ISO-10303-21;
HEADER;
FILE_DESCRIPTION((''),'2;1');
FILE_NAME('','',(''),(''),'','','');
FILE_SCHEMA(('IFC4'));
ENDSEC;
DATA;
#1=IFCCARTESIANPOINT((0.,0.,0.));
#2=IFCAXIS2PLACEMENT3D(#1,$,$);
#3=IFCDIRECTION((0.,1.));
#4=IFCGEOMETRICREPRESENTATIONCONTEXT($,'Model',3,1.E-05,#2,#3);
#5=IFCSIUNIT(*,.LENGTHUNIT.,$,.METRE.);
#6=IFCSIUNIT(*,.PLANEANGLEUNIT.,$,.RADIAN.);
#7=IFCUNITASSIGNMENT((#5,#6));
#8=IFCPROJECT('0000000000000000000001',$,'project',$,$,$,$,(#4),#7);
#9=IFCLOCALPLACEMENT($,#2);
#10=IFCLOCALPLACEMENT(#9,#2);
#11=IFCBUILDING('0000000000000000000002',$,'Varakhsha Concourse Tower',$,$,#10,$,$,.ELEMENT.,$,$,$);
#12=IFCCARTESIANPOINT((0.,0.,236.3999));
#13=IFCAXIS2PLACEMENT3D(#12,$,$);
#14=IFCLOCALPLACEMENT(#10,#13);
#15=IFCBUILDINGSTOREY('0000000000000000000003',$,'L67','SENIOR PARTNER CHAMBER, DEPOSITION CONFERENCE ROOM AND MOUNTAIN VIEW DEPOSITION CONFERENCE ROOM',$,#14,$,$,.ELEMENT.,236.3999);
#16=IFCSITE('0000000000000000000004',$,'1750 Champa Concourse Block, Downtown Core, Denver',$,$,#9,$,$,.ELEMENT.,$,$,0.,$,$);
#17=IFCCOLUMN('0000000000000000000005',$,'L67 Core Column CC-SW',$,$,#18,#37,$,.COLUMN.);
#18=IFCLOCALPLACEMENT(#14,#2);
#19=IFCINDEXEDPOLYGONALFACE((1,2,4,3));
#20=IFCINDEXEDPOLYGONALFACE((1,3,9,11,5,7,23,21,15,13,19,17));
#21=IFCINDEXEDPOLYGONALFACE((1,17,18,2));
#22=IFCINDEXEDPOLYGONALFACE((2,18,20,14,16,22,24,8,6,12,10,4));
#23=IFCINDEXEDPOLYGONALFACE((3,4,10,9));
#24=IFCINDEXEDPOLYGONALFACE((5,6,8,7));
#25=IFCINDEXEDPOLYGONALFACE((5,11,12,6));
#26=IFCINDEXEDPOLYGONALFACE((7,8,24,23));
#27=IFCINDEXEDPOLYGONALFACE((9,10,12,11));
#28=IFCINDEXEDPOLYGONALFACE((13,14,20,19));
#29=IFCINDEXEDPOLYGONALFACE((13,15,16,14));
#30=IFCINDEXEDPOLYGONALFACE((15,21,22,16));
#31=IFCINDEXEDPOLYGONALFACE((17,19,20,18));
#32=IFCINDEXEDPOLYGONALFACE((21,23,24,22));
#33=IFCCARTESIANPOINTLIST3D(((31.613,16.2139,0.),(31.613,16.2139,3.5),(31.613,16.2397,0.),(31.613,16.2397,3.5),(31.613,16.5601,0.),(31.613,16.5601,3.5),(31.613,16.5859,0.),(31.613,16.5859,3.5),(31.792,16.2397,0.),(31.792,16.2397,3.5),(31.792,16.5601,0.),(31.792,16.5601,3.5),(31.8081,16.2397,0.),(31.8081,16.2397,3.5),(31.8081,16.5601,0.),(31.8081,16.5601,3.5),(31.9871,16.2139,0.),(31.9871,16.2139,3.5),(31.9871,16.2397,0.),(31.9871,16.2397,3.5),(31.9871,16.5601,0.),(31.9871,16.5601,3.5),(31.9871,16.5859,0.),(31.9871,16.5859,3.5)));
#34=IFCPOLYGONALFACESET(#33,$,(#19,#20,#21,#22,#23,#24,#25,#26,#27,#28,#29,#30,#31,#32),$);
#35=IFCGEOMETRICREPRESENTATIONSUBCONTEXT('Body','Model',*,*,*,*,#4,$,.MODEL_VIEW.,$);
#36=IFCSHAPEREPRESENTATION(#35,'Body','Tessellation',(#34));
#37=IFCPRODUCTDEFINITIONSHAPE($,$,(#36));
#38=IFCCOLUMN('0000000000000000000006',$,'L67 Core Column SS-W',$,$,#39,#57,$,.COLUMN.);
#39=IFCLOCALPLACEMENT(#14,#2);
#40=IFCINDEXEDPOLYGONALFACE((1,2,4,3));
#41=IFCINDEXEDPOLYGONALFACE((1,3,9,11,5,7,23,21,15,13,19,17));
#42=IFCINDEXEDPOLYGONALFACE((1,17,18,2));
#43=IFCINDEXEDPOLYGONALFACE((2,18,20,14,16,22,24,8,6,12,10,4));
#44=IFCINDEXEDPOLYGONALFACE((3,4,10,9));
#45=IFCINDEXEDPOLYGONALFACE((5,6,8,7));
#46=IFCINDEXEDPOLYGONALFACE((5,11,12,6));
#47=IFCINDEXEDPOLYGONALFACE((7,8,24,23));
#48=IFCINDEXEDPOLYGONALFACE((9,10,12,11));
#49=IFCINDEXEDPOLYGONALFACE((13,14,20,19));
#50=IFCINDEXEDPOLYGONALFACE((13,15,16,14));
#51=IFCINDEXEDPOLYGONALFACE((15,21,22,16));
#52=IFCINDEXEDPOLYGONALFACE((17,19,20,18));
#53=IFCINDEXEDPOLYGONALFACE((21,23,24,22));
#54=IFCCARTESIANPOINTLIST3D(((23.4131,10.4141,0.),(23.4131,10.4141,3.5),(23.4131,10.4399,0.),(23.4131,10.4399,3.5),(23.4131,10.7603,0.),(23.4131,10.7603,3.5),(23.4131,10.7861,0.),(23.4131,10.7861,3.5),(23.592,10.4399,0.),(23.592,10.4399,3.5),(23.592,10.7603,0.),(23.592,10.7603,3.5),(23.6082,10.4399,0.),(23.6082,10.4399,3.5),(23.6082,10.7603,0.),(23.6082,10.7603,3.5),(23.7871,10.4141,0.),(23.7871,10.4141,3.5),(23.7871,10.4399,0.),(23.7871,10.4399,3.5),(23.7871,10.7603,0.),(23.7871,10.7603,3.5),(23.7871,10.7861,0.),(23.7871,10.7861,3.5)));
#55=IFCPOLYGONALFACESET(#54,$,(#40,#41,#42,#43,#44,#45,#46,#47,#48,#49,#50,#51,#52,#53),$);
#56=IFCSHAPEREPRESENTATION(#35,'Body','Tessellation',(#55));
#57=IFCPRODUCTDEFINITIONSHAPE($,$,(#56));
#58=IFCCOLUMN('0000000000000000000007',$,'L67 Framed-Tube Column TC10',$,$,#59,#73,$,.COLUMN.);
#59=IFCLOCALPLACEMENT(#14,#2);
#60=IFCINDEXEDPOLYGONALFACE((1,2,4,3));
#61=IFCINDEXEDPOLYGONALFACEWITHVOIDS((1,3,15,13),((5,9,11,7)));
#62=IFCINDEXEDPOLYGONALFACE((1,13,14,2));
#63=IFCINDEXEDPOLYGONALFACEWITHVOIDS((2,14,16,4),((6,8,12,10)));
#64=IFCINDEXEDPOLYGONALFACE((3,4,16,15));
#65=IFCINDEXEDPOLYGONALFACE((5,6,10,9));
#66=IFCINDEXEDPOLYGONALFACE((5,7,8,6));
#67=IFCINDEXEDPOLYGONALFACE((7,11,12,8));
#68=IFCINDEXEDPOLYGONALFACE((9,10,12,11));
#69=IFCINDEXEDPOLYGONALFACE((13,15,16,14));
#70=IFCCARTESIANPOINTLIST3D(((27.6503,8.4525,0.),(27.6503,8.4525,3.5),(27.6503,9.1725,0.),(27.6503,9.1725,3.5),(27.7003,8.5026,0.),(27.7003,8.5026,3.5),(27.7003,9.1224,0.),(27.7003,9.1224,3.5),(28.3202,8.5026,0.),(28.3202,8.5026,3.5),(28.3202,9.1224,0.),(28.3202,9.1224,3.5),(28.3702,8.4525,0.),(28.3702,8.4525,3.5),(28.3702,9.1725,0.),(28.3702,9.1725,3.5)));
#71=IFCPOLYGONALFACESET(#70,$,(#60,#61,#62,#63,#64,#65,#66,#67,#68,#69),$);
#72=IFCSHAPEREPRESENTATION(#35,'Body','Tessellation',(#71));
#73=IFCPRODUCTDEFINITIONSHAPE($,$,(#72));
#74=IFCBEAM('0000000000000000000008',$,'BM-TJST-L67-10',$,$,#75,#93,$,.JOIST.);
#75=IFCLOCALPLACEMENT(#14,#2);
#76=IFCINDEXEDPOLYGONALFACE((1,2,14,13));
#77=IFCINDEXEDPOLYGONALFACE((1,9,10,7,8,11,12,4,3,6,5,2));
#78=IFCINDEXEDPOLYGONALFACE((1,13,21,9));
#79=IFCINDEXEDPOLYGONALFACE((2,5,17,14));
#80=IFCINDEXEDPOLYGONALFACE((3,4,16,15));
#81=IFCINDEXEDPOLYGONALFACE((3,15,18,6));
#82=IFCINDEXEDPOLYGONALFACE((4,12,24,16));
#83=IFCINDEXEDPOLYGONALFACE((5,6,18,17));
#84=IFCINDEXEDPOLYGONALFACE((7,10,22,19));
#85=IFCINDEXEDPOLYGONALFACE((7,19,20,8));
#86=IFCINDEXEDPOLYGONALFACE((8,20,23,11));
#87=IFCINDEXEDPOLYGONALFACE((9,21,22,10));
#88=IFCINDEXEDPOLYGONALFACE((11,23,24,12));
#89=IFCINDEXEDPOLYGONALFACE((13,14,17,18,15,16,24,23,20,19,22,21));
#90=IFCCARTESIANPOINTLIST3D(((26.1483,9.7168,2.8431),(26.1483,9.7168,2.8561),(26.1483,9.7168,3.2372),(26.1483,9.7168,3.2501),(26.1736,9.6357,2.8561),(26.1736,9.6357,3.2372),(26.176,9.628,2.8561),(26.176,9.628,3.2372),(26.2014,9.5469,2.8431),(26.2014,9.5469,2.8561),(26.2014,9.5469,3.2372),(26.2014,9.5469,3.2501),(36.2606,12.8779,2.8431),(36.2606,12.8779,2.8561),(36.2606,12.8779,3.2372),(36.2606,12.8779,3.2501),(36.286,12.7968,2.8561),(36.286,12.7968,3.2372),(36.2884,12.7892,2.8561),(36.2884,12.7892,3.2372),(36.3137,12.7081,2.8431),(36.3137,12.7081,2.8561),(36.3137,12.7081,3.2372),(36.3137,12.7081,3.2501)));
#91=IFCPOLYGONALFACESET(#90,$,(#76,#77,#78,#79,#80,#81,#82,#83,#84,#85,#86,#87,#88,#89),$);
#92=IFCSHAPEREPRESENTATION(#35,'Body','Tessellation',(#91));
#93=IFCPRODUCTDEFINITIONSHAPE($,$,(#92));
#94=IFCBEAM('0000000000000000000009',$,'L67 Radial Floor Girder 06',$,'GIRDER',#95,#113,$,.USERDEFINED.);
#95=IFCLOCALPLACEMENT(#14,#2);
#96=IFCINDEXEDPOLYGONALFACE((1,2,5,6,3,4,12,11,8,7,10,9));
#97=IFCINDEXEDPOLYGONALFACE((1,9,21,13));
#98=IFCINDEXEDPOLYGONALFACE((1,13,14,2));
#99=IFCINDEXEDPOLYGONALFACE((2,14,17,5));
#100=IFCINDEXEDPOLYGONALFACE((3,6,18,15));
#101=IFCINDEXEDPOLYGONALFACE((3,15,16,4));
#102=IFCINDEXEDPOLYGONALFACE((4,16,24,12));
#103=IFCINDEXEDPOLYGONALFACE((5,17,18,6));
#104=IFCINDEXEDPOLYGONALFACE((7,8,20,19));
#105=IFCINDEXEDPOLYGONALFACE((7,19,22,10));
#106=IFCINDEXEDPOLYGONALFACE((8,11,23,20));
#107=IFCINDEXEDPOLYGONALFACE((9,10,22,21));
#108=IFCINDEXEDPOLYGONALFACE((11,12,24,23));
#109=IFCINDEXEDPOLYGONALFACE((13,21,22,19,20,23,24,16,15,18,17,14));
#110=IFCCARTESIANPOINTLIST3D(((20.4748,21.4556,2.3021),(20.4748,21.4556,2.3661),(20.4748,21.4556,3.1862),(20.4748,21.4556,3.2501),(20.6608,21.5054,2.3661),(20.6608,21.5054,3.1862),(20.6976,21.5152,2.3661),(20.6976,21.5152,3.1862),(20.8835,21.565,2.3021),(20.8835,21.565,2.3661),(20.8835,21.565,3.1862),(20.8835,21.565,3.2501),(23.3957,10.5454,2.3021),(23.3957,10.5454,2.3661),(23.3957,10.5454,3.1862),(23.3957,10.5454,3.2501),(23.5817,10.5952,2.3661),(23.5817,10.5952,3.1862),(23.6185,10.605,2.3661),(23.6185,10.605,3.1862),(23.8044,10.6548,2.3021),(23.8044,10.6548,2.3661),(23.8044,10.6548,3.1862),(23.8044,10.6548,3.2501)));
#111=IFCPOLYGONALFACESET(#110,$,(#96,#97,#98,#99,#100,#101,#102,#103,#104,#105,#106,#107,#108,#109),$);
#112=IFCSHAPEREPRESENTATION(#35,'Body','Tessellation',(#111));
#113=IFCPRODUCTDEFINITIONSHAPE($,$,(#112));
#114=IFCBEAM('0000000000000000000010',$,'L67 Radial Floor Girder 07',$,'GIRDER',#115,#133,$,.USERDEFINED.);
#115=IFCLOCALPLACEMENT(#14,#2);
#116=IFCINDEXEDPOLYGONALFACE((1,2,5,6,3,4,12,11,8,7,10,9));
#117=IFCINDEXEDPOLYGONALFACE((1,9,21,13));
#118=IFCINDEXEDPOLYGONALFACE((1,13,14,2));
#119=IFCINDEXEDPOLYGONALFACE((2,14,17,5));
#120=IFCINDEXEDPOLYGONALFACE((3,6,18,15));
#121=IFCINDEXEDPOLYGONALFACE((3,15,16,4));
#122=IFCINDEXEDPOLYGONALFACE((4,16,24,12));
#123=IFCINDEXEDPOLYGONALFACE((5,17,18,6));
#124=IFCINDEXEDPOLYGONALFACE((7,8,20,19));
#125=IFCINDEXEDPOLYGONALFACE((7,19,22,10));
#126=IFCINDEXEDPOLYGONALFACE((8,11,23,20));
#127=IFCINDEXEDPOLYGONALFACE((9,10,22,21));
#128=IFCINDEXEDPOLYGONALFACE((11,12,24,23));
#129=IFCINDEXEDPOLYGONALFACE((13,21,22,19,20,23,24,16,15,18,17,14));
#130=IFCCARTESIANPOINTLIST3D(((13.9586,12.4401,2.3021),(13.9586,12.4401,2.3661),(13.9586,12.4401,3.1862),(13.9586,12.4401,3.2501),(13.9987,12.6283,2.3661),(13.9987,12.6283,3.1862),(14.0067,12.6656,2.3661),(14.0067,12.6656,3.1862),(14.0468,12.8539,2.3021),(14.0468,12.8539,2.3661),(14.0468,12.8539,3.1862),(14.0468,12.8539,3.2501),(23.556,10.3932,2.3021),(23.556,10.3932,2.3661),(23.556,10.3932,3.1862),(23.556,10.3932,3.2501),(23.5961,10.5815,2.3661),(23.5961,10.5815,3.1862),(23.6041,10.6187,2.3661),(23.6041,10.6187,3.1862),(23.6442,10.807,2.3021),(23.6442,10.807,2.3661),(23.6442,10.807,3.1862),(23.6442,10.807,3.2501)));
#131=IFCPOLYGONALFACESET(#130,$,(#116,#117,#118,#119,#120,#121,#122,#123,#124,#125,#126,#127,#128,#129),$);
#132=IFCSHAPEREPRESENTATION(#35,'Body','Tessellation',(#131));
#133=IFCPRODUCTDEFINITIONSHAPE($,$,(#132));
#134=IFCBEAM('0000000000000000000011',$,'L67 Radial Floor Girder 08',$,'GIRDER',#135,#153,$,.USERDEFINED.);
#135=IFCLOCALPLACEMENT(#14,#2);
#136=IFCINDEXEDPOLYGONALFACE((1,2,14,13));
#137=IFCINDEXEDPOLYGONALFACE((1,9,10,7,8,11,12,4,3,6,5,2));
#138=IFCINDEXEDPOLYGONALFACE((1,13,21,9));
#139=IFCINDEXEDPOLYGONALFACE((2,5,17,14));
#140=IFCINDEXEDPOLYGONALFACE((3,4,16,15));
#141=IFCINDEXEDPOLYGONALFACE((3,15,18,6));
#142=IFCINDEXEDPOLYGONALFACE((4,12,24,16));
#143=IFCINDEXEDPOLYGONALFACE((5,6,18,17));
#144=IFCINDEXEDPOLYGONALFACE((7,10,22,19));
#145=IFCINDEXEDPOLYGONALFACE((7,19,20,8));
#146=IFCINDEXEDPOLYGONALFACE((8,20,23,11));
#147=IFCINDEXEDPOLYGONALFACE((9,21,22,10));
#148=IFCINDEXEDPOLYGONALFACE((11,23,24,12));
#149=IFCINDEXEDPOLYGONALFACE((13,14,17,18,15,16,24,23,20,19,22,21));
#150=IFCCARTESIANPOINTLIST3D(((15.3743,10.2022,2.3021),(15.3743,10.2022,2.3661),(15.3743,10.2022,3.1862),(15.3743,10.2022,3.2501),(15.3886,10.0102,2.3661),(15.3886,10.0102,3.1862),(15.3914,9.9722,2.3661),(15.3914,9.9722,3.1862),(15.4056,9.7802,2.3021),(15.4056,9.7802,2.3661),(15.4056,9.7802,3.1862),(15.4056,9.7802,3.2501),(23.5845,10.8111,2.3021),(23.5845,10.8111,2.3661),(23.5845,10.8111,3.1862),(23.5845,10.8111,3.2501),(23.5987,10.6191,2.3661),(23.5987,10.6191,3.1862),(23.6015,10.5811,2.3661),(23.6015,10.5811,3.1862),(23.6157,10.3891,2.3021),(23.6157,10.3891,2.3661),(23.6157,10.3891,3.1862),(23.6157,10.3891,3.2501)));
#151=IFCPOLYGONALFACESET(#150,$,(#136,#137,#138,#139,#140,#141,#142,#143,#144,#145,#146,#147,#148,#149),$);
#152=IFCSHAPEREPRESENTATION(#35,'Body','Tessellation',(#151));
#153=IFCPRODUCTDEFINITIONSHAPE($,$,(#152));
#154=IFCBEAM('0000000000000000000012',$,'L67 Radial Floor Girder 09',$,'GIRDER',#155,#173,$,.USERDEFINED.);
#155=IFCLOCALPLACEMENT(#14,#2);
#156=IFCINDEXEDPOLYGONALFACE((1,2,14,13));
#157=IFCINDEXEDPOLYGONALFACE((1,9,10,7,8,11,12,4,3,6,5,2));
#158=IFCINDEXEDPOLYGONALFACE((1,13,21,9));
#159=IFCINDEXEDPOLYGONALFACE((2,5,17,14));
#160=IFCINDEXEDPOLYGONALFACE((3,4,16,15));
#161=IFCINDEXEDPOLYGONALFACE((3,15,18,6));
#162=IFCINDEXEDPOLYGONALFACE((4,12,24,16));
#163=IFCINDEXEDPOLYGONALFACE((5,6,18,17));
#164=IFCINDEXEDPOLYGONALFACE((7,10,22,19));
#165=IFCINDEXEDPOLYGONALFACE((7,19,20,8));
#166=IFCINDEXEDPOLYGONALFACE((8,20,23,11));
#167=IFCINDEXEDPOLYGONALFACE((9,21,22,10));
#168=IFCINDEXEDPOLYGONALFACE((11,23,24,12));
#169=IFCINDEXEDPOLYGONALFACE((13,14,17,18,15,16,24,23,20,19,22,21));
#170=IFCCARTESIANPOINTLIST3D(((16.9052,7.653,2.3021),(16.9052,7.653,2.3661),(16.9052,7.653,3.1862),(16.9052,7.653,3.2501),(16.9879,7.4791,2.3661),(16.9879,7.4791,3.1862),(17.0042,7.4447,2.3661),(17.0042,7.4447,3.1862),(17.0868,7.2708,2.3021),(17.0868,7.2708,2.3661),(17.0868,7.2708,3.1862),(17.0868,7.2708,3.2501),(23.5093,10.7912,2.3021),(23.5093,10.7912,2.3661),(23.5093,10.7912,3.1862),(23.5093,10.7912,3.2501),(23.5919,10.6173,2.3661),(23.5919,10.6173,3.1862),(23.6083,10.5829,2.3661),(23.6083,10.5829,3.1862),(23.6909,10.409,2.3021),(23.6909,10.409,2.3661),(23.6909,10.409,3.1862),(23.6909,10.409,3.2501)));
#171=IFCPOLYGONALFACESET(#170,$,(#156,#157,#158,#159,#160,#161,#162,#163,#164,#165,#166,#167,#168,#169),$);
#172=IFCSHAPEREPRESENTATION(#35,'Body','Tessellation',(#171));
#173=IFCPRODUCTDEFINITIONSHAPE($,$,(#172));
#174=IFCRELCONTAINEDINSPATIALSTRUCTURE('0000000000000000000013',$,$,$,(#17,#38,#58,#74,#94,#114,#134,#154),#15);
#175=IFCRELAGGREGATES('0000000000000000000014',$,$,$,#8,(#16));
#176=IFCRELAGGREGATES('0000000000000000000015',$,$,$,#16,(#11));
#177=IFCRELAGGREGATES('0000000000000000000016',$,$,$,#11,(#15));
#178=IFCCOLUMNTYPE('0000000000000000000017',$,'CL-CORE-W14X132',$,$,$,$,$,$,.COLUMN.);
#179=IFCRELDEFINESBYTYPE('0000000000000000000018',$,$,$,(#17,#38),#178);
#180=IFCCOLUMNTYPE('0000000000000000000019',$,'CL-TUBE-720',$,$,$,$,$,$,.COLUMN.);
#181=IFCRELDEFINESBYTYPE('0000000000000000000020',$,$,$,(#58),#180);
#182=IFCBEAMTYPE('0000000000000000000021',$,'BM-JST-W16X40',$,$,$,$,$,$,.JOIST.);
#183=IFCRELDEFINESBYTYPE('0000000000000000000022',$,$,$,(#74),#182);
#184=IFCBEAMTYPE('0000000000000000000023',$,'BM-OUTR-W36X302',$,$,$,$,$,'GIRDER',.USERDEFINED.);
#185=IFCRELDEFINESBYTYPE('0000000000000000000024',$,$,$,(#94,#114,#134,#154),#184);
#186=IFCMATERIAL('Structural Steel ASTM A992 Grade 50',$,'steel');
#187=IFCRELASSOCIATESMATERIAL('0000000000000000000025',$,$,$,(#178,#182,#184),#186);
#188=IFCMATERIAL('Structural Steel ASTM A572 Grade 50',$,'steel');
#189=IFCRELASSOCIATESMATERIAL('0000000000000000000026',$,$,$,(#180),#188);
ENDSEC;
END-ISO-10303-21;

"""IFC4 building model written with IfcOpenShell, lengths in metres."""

from ifc_helpers import new_model, si_unit, direction, frame, origin, origin_2d, place, context, subcontext, project, spatial, hollow_rectangle, i_section, extrude, material, material_profile, profile_set, type_object, element, save


model = new_model("IFC4")

# Units and contexts
model_context = context("Model", 3, precision=1e-05, world=origin(), true_north=direction((0.0, 1.0)))
body_context = subcontext(model_context, "Body", "Model", "MODEL_VIEW")
ifc_project = project(units=[si_unit("LENGTHUNIT", "METRE"), si_unit("PLANEANGLEUNIT", "RADIAN")], contexts=[model_context])

# Site, building, storey
site_placement = place(None, origin())
site = spatial("IfcSite", under=ifc_project, at=site_placement, Name="1750 Champa Concourse Block, Downtown Core, Denver", CompositionType="ELEMENT", RefElevation=0.0)
building_placement = place(site_placement, origin())
building = spatial("IfcBuilding", under=site, at=building_placement, Name="Varakhsha Concourse Tower", CompositionType="ELEMENT")
storey_placement = place(building_placement, frame((0.0, 0.0, 236.3999)))
storey = spatial("IfcBuildingStorey", under=building, at=storey_placement, Name="L67", Description="SENIOR PARTNER CHAMBER, DEPOSITION CONFERENCE ROOM AND MOUNTAIN VIEW DEPOSITION CONFERENCE ROOM", CompositionType="ELEMENT", Elevation=236.3999)

# Columns
ifc_material_1 = material(Name="Structural Steel ASTM A992 Grade 50", Category="steel")
ifc_material_profile_1 = material_profile(ifc_material_1, i_section(OverallWidth=0.374, OverallDepth=0.3721, WebThickness=0.0161, FlangeThickness=0.0259, at=origin_2d()), Name="W14X132")
ifc_profile_set_1 = profile_set([ifc_material_profile_1], Name="Structural Steel ASTM A992 Grade 50")
column_type_1 = type_object("IfcColumnType", Name="CL-CORE-W14X132", PredefinedType="COLUMN", material=ifc_profile_set_1)
for number, where, z_axis, x_axis, name in (
    (1, (31.8, 16.3999, 0.0), (0.0, 0.0, 1.0), (1.0, 0.0, 0.0), "L67 Core Column CC-SW"),
    (2, (23.6001, 10.6001, 0.0), (0.0, 0.0, 1.0), (1.0, 0.0, 0.0), "L67 Core Column SS-W"),
):
    element("IfcColumn", number, at=place(storey_placement, frame(where, z_axis=z_axis, x_axis=x_axis)), inside=storey, type_object=column_type_1, Name=name, PredefinedType="COLUMN", context=body_context, shape_type="SweptSolid", body=[
        extrude(i_section(OverallWidth=0.374, OverallDepth=0.3721, WebThickness=0.0161, FlangeThickness=0.0259, at=origin_2d()), origin(), (0.0, 0.0, 1.0), 3.5),
    ])
ifc_material_2 = material(Name="Structural Steel ASTM A572 Grade 50", Category="steel")
ifc_material_profile_2 = material_profile(ifc_material_2, hollow_rectangle(XDim=0.72, YDim=0.72, WallThickness=0.05, at=origin_2d()), Name="BOX 720x720x50")
ifc_profile_set_2 = profile_set([ifc_material_profile_2], Name="Structural Steel ASTM A572 Grade 50")
column_type_2 = type_object("IfcColumnType", Name="CL-TUBE-720", PredefinedType="COLUMN", material=ifc_profile_set_2)
column_placement = place(storey_placement, frame((28.0103, 8.8125, 0.0), z_axis=(0.0, 0.0, 1.0), x_axis=(1.0, 0.0, 0.0)))
element("IfcColumn", 3, at=column_placement, inside=storey, type_object=column_type_2, Name="L67 Framed-Tube Column TC10", PredefinedType="COLUMN", context=body_context, shape_type="SweptSolid", body=[
    extrude(hollow_rectangle(XDim=0.72, YDim=0.72, WallThickness=0.05, at=origin_2d()), origin(), (0.0, 0.0, 1.0), 3.5),
])

# Beams
ifc_material_profile_3 = material_profile(ifc_material_1, i_section(OverallWidth=0.178, OverallDepth=0.407, WebThickness=0.0081, FlangeThickness=0.0129, at=origin_2d()), Name="W16X40")
ifc_profile_set_3 = profile_set([ifc_material_profile_3], Name="Structural Steel ASTM A992 Grade 50")
beam_type_1 = type_object("IfcBeamType", Name="BM-JST-W16X40", PredefinedType="JOIST", material=ifc_profile_set_3)
beam_1_placement = place(storey_placement, frame((26.1748, 9.6318, 3.0466), z_axis=(0.954452, 0.298364, 0.0), x_axis=(-0.298364, 0.954452, 0.0)))
element("IfcBeam", 4, at=beam_1_placement, inside=storey, type_object=beam_type_1, Name="BM-TJST-L67-10", PredefinedType="JOIST", context=body_context, shape_type="SweptSolid", body=[
    extrude(i_section(OverallWidth=0.178, OverallDepth=0.407, WebThickness=0.0081, FlangeThickness=0.0129, at=origin_2d()), origin(), (0.0, 0.0, 1.0), 10.595),
])
ifc_material_profile_4 = material_profile(ifc_material_1, i_section(OverallWidth=0.4231, OverallDepth=0.948, WebThickness=0.0381, FlangeThickness=0.064, at=origin_2d()), Name="W36X302")
ifc_profile_set_4 = profile_set([ifc_material_profile_4], Name="Structural Steel ASTM A992 Grade 50")
beam_type_2 = type_object("IfcBeamType", Name="BM-OUTR-W36X302", ElementType="GIRDER", PredefinedType="USERDEFINED", material=ifc_profile_set_4)
beam_2_placement = place(storey_placement, frame((23.6001, 10.6001, 2.7761), z_axis=(-0.258615, 0.96598, 0.0), x_axis=(-0.96598, -0.258615, 0.0)))
element("IfcBeam", 5, at=beam_2_placement, inside=storey, type_object=beam_type_2, Name="L67 Radial Floor Girder 06", ObjectType="GIRDER", PredefinedType="USERDEFINED", context=body_context, shape_type="SweptSolid", body=[
    extrude(i_section(OverallWidth=0.4231, OverallDepth=0.948, WebThickness=0.0381, FlangeThickness=0.064, at=origin_2d()), origin(), (0.0, 0.0, 1.0), 11.2944),
])
beam_3_placement = place(storey_placement, frame((23.6001, 10.6001, 2.7761), z_axis=(-0.978005, 0.208583, 0.0), x_axis=(-0.208583, -0.978005, 0.0)))
element("IfcBeam", 6, at=beam_3_placement, inside=storey, type_object=beam_type_2, Name="L67 Radial Floor Girder 07", ObjectType="GIRDER", PredefinedType="USERDEFINED", context=body_context, shape_type="SweptSolid", body=[
    extrude(i_section(OverallWidth=0.4231, OverallDepth=0.948, WebThickness=0.0381, FlangeThickness=0.064, at=origin_2d()), origin(), (0.0, 0.0, 1.0), 9.8132),
])
beam_4_placement = place(storey_placement, frame((23.6001, 10.6001, 2.7761), z_axis=(-0.997261, -0.073959, 0.0), x_axis=(0.073959, -0.997261, 0.0)))
element("IfcBeam", 7, at=beam_4_placement, inside=storey, type_object=beam_type_2, Name="L67 Radial Floor Girder 08", ObjectType="GIRDER", PredefinedType="USERDEFINED", context=body_context, shape_type="SweptSolid", body=[
    extrude(i_section(OverallWidth=0.4231, OverallDepth=0.948, WebThickness=0.0381, FlangeThickness=0.064, at=origin_2d()), origin(), (0.0, 0.0, 1.0), 8.2327),
])
beam_5_placement = place(storey_placement, frame((23.6001, 10.6001, 2.7761), z_axis=(-0.90321, -0.4292, 0.0), x_axis=(0.4292, -0.90321, 0.0)))
element("IfcBeam", 8, at=beam_5_placement, inside=storey, type_object=beam_type_2, Name="L67 Radial Floor Girder 09", ObjectType="GIRDER", PredefinedType="USERDEFINED", context=body_context, shape_type="SweptSolid", body=[
    extrude(i_section(OverallWidth=0.4231, OverallDepth=0.948, WebThickness=0.0381, FlangeThickness=0.064, at=origin_2d()), origin(), (0.0, 0.0, 1.0), 7.3118),
])

save(model, "model.ifc")
